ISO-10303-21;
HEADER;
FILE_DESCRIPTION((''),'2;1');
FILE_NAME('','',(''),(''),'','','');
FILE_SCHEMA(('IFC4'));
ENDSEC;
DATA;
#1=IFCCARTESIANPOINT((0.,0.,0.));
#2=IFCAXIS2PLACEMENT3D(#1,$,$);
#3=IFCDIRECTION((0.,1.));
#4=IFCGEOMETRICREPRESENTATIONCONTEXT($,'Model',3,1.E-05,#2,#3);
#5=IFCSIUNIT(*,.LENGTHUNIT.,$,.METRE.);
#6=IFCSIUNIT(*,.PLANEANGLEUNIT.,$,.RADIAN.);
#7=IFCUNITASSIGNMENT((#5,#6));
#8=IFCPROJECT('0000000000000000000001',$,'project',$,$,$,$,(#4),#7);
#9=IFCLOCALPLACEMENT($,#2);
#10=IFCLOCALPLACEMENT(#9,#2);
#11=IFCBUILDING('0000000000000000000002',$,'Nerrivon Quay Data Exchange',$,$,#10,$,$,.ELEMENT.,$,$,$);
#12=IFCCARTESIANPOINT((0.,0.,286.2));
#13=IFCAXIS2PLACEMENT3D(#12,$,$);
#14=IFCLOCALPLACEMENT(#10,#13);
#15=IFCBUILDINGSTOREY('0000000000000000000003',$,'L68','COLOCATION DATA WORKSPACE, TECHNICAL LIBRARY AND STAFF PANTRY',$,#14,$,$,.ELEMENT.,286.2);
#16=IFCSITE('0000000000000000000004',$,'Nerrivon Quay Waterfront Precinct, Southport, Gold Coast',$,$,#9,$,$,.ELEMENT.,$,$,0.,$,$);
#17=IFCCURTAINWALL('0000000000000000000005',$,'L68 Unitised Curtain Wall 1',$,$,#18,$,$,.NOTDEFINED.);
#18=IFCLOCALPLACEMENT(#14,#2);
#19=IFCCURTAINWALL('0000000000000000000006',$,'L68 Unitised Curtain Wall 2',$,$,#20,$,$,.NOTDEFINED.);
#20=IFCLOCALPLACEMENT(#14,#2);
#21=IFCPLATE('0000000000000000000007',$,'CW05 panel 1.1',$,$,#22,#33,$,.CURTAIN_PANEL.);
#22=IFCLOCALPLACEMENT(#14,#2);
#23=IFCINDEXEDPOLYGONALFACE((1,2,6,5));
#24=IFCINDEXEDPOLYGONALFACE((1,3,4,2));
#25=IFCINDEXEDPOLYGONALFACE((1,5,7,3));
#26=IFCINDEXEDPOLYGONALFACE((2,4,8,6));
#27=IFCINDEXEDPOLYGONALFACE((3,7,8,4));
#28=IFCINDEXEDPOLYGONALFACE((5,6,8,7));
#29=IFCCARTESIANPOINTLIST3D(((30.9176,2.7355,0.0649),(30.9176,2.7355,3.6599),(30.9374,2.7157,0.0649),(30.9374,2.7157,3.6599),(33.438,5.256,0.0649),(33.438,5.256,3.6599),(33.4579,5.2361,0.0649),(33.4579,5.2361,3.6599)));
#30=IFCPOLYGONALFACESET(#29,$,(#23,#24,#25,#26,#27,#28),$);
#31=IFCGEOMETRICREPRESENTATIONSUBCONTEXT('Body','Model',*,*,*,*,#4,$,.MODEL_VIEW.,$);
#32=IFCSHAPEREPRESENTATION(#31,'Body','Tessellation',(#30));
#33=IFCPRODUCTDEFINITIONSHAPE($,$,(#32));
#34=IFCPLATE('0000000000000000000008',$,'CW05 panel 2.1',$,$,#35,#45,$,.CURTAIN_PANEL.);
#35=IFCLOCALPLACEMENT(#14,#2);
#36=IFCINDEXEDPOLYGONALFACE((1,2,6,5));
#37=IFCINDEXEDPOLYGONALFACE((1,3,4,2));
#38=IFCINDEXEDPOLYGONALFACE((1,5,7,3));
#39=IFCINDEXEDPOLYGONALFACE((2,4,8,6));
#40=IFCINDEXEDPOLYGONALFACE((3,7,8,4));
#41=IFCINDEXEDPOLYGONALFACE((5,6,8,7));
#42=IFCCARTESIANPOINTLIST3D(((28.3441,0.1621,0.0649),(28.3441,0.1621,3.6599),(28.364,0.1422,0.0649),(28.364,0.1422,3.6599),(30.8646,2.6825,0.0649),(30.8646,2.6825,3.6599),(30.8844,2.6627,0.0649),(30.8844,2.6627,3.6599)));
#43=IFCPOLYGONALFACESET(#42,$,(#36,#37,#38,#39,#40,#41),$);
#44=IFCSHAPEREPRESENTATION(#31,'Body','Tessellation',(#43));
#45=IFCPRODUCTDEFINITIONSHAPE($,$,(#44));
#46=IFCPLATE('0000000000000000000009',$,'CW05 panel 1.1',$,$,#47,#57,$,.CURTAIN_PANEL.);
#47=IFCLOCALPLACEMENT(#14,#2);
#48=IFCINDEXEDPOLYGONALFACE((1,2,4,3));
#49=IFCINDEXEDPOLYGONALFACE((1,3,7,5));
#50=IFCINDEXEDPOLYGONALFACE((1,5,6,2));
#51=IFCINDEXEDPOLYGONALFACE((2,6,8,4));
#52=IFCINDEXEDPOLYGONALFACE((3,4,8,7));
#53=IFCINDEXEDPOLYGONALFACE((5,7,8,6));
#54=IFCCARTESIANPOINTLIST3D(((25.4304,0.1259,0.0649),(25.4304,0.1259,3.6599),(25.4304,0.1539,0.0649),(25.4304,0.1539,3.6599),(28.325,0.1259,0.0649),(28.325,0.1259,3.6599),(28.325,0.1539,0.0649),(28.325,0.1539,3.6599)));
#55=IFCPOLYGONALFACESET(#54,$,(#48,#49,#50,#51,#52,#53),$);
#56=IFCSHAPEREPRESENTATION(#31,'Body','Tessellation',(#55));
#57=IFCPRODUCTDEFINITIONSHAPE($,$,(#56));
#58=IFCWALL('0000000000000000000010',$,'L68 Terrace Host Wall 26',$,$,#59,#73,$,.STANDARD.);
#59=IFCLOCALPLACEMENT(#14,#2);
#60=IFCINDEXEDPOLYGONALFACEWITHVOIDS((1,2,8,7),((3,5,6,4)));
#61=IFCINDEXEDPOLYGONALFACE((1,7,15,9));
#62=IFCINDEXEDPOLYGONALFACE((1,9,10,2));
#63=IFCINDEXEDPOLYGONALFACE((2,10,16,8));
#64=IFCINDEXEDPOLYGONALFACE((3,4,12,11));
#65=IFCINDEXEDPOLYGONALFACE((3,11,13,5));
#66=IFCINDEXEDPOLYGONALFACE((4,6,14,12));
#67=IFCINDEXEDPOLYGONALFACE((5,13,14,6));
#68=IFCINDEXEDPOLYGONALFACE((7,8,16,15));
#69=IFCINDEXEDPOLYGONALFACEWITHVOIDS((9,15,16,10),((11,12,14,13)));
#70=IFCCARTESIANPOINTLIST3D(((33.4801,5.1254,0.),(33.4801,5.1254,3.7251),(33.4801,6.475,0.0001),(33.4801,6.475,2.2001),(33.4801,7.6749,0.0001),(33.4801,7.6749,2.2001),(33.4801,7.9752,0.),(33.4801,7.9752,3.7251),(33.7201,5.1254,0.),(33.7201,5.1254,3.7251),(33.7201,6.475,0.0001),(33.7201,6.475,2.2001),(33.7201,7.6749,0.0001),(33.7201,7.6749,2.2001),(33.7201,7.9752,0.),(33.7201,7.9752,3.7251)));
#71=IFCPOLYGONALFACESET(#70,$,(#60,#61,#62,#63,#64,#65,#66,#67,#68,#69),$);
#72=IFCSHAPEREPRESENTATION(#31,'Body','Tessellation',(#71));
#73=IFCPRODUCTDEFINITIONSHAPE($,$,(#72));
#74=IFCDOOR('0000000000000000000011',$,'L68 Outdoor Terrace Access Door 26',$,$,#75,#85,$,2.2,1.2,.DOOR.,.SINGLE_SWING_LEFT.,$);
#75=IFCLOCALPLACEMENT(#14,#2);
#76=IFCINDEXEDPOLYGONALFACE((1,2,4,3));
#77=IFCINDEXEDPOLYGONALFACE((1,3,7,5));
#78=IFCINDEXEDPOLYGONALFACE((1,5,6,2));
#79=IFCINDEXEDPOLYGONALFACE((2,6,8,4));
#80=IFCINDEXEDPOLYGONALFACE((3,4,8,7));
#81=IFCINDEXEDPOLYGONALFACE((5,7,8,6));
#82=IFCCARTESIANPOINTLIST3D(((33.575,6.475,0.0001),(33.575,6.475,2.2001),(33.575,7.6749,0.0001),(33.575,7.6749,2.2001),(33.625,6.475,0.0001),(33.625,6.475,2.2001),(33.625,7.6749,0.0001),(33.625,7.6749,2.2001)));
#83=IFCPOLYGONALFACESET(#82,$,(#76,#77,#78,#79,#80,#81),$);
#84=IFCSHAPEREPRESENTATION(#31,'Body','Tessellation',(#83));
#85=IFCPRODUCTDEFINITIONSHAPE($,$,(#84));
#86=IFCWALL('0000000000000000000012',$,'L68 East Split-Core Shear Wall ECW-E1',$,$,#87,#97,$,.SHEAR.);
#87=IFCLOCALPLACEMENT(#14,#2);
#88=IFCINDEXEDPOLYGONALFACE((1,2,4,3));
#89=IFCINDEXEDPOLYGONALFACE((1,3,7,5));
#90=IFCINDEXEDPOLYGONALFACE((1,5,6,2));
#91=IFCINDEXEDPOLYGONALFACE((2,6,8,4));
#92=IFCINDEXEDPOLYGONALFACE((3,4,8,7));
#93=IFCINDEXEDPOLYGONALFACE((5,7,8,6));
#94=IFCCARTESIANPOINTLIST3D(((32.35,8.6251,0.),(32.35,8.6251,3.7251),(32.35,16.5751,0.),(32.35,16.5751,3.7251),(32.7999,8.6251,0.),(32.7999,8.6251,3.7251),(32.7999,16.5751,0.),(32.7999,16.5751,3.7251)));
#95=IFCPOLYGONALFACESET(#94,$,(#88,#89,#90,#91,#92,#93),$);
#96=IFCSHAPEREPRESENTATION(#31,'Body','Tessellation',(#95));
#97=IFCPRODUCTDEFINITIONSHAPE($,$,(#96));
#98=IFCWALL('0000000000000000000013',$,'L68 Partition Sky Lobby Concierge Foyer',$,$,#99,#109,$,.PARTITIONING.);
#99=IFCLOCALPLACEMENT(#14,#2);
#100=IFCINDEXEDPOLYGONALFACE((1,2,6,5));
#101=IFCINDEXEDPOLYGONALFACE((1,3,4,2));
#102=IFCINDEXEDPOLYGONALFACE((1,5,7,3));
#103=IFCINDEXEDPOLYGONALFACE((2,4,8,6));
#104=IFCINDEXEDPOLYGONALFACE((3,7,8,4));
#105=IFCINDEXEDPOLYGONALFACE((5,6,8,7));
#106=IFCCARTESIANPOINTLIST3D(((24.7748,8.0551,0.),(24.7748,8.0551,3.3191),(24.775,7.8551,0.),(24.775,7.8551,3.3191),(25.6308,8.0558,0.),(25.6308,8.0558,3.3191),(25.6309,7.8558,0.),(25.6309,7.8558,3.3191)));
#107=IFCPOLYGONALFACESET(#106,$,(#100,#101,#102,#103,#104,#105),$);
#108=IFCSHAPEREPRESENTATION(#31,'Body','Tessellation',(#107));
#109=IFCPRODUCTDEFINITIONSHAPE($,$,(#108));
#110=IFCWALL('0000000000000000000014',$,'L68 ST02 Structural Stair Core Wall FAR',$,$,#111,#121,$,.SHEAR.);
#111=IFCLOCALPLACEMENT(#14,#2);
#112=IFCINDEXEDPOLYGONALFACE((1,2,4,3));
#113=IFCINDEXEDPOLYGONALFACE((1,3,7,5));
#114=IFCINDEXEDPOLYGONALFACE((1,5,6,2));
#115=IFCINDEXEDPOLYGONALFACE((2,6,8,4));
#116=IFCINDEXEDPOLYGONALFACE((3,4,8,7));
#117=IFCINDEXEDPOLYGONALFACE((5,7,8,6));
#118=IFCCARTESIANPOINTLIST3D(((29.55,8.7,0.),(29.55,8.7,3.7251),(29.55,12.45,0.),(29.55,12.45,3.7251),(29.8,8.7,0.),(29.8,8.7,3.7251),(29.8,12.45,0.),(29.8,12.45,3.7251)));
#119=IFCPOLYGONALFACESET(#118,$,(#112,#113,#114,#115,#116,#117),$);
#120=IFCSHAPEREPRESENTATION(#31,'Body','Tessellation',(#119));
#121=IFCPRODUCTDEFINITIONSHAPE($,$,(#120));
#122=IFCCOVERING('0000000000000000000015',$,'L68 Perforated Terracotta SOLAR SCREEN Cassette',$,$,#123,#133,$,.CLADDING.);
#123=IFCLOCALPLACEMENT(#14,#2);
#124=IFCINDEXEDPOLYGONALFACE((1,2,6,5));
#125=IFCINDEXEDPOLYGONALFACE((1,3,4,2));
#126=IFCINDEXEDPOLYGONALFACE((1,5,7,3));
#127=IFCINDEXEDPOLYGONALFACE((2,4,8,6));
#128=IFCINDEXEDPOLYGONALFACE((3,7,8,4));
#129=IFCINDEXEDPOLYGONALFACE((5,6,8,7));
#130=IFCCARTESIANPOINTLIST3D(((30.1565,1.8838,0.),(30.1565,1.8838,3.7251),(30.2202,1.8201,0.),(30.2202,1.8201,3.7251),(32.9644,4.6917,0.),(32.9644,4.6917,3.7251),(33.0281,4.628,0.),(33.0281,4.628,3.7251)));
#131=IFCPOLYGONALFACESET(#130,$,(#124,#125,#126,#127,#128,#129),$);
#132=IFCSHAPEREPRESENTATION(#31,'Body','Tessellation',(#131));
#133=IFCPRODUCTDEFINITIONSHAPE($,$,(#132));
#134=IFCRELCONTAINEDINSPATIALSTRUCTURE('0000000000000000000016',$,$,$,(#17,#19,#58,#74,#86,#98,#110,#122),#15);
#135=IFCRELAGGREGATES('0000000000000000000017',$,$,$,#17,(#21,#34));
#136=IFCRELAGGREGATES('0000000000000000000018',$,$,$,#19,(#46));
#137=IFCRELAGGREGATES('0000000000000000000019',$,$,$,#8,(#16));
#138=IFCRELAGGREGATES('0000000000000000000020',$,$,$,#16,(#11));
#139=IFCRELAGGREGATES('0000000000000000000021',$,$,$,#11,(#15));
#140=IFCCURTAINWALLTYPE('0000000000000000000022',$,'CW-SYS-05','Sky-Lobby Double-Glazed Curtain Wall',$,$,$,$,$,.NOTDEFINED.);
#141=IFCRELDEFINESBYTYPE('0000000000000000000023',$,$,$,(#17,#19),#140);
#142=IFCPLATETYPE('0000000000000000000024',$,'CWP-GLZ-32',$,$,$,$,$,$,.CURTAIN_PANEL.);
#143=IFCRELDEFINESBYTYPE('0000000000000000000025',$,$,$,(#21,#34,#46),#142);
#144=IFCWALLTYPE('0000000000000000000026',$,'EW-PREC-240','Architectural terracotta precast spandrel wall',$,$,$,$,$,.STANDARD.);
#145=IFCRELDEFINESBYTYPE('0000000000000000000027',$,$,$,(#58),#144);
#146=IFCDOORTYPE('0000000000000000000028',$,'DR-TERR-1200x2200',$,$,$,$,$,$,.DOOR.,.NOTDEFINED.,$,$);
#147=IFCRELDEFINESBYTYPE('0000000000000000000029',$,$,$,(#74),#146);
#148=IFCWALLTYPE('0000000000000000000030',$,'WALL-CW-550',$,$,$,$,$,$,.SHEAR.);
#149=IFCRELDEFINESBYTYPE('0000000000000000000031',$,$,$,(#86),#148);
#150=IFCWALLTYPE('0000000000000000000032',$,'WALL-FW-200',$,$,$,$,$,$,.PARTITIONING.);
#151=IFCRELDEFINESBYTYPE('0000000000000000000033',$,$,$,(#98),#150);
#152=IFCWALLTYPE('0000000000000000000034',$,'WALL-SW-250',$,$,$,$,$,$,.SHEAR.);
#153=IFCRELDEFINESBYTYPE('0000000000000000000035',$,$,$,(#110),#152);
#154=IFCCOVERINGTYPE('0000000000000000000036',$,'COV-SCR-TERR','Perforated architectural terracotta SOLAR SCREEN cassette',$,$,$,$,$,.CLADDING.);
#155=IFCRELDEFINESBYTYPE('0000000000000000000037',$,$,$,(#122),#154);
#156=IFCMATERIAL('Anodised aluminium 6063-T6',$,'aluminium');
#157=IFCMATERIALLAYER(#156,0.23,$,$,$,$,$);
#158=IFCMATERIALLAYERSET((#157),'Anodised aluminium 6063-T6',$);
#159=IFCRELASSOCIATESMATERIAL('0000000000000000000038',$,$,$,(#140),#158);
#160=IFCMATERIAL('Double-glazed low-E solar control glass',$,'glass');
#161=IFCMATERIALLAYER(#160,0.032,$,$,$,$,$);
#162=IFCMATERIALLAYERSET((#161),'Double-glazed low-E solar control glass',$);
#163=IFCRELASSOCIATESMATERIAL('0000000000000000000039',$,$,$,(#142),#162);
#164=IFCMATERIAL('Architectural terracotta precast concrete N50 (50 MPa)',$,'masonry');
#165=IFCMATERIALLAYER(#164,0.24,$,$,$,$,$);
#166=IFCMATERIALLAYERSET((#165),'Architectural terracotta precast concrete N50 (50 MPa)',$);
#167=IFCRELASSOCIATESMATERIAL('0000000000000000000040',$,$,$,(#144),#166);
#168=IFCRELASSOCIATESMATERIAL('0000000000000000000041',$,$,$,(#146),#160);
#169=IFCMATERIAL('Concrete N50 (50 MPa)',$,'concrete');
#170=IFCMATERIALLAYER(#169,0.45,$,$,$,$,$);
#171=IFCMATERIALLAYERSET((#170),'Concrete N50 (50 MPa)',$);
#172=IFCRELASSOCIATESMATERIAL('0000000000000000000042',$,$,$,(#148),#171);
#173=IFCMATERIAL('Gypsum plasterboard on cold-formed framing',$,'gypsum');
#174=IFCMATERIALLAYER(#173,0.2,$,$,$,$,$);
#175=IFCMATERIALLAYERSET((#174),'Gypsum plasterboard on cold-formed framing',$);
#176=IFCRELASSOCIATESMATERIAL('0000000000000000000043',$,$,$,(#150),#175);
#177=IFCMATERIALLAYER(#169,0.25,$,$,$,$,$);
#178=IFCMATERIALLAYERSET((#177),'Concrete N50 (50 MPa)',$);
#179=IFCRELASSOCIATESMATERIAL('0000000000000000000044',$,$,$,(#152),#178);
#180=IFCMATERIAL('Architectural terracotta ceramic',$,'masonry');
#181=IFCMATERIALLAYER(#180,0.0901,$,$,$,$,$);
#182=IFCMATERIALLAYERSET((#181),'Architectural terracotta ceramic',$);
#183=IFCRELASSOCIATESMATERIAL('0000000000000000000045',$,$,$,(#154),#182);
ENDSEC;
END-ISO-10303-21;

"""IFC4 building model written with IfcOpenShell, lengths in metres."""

from ifc_helpers import new_model, si_unit, direction, frame, frame_2d, origin, origin_2d, place, context, subcontext, project, spatial, rectangle, extrude, material, layer, layer_set, type_object, element, fill, aggregate, save


model = new_model("IFC4")

# Units and contexts
model_context = context("Model", 3, precision=1e-05, world=origin(), true_north=direction((0.0, 1.0)))
body_context = subcontext(model_context, "Body", "Model", "MODEL_VIEW")
ifc_project = project(units=[si_unit("LENGTHUNIT", "METRE"), si_unit("PLANEANGLEUNIT", "RADIAN")], contexts=[model_context])

# Site, building, storey
site_placement = place(None, origin())
site = spatial("IfcSite", under=ifc_project, at=site_placement, Name="Nerrivon Quay Waterfront Precinct, Southport, Gold Coast", CompositionType="ELEMENT", RefElevation=0.0)
building_placement = place(site_placement, origin())
building = spatial("IfcBuilding", under=site, at=building_placement, Name="Nerrivon Quay Data Exchange", CompositionType="ELEMENT")
storey_placement = place(building_placement, frame((0.0, 0.0, 286.2)))
storey = spatial("IfcBuildingStorey", under=building, at=storey_placement, Name="L68", Description="COLOCATION DATA WORKSPACE, TECHNICAL LIBRARY AND STAFF PANTRY", CompositionType="ELEMENT", Elevation=286.2)

# Shared definitions
ifc_material_1 = material(Name="Concrete N50 (50 MPa)", Category="concrete")

# Curtain wall
ifc_material_2 = material(Name="Anodised aluminium 6063-T6", Category="aluminium")
ifc_layer_1 = layer(ifc_material_2, 0.23)
ifc_layer_set_1 = layer_set([ifc_layer_1], Name="Anodised aluminium 6063-T6")
curtain_wall_type = type_object("IfcCurtainWallType", Name="CW-SYS-05", Description="Sky-Lobby Double-Glazed Curtain Wall", PredefinedType="NOTDEFINED", material=ifc_layer_set_1)
curtain_wall_1_placement = place(storey_placement, origin())
curtain_wall_1 = element("IfcCurtainWall", 1, at=curtain_wall_1_placement, inside=storey, type_object=curtain_wall_type, Name="L68 Unitised Curtain Wall 1", PredefinedType="NOTDEFINED")

# Curtain wall
curtain_wall_2_placement = place(storey_placement, origin())
curtain_wall_2 = element("IfcCurtainWall", 2, at=curtain_wall_2_placement, inside=storey, type_object=curtain_wall_type, Name="L68 Unitised Curtain Wall 2", PredefinedType="NOTDEFINED")

# Plates
ifc_material_3 = material(Name="Double-glazed low-E solar control glass", Category="glass")
ifc_layer_2 = layer(ifc_material_3, 0.032)
ifc_layer_set_2 = layer_set([ifc_layer_2], Name="Double-glazed low-E solar control glass")
plate_type = type_object("IfcPlateType", Name="CWP-GLZ-32", PredefinedType="CURTAIN_PANEL", material=ifc_layer_set_2)
plate_1_placement = place(storey_placement, frame((32.1877, 3.9858, 0.0649), z_axis=(0.0, 0.0, 1.0), x_axis=(-0.707107, -0.707107, 0.0)))
plate_1 = element("IfcPlate", 3, at=plate_1_placement, type_object=plate_type, Name="CW05 panel 1.1", PredefinedType="CURTAIN_PANEL", context=body_context, shape_type="SweptSolid", body=[
    extrude(rectangle(XDim=3.5645, YDim=0.0281, at=origin_2d()), origin(), (0.0, 0.0, 1.0), 3.595),
])
plate_2_placement = place(storey_placement, frame((29.6143, 1.4124, 0.0649), z_axis=(0.0, 0.0, 1.0), x_axis=(-0.707107, -0.707107, 0.0)))
plate_2 = element("IfcPlate", 4, at=plate_2_placement, type_object=plate_type, Name="CW05 panel 2.1", PredefinedType="CURTAIN_PANEL", context=body_context, shape_type="SweptSolid", body=[
    extrude(rectangle(XDim=3.5645, YDim=0.0281, at=origin_2d()), origin(), (0.0, 0.0, 1.0), 3.595),
])
aggregate(curtain_wall_1, [plate_1, plate_2])
plate_3_placement = place(storey_placement, frame((26.8777, 0.1399, 0.0649), z_axis=(0.0, 0.0, 1.0), x_axis=(-1.0, 0.0, 0.0)))
plate_3 = element("IfcPlate", 5, at=plate_3_placement, type_object=plate_type, Name="CW05 panel 1.1", PredefinedType="CURTAIN_PANEL", context=body_context, shape_type="SweptSolid", body=[
    extrude(rectangle(XDim=2.8945, YDim=0.0281, at=origin_2d()), origin(), (0.0, 0.0, 1.0), 3.595),
])
aggregate(curtain_wall_2, [plate_3])

# Wall, opening, door
ifc_material_4 = material(Name="Architectural terracotta precast concrete N50 (50 MPa)", Category="masonry")
ifc_layer_3 = layer(ifc_material_4, 0.24)
ifc_layer_set_3 = layer_set([ifc_layer_3], Name="Architectural terracotta precast concrete N50 (50 MPa)")
wall_type_1 = type_object("IfcWallType", Name="EW-PREC-240", Description="Architectural terracotta precast spandrel wall", PredefinedType="STANDARD", material=ifc_layer_set_3)
wall_1_placement = place(storey_placement, frame((33.6001, 7.9751, 0.0), z_axis=(0.0, 0.0, 1.0), x_axis=(0.0, -1.0, 0.0)))
wall_1 = element("IfcWall", 6, at=wall_1_placement, inside=storey, type_object=wall_type_1, Name="L68 Terrace Host Wall 26", PredefinedType="STANDARD", context=body_context, shape_type="SweptSolid", body=[
    extrude(rectangle(XDim=2.8499, YDim=0.24, at=frame_2d((1.4248, 0.0))), origin(), (0.0, 0.0, 1.0), 3.7251),
])
opening_placement = place(wall_1_placement, frame((0.3, 0.0, 0.0)))
opening = element("IfcOpeningElement", 7, at=opening_placement, cuts=wall_1, PredefinedType="OPENING", context=body_context, shape_type="SweptSolid", body=[
    extrude(rectangle(XDim=1.2, YDim=2.2, at=frame_2d((0.6001, 1.1001))), frame((0.0, 0.1299, 0.0), z_axis=(0.0, -1.0, 0.0), x_axis=(1.0, 0.0, 0.0)), (0.0, 0.0, 1.0), 0.26),
])
door_type = type_object("IfcDoorType", Name="DR-TERR-1200x2200", OperationType="NOTDEFINED", PredefinedType="DOOR", material=ifc_material_3)
door_placement = place(opening_placement, origin())
door = element("IfcDoor", 8, at=door_placement, inside=storey, type_object=door_type, Name="L68 Outdoor Terrace Access Door 26", OperationType="SINGLE_SWING_LEFT", OverallHeight=2.2, OverallWidth=1.2, PredefinedType="DOOR", context=body_context, shape_type="SweptSolid", body=[
    extrude(rectangle(XDim=1.2, YDim=2.2, at=frame_2d((0.6001, 1.1001))), frame((0.0, 0.0249, 0.0), z_axis=(0.0, -1.0, 0.0), x_axis=(1.0, 0.0, 0.0)), (0.0, 0.0, 1.0), 0.05),
])
fill(opening, door)

# Walls
ifc_layer_4 = layer(ifc_material_1, 0.45)
ifc_layer_set_4 = layer_set([ifc_layer_4], Name="Concrete N50 (50 MPa)")
wall_type_2 = type_object("IfcWallType", Name="WALL-CW-550", PredefinedType="SHEAR", material=ifc_layer_set_4)
wall_2_placement = place(storey_placement, frame((32.575, 8.625, 0.0), z_axis=(0.0, 0.0, 1.0), x_axis=(0.0, 1.0, 0.0)))
element("IfcWall", 9, at=wall_2_placement, inside=storey, type_object=wall_type_2, Name="L68 East Split-Core Shear Wall ECW-E1", PredefinedType="SHEAR", context=body_context, shape_type="SweptSolid", body=[
    extrude(rectangle(XDim=7.95, YDim=0.45, at=frame_2d((3.9751, 0.0))), origin(), (0.0, 0.0, 1.0), 3.7251),
])
ifc_material_5 = material(Name="Gypsum plasterboard on cold-formed framing", Category="gypsum")
ifc_layer_5 = layer(ifc_material_5, 0.2)
ifc_layer_set_5 = layer_set([ifc_layer_5], Name="Gypsum plasterboard on cold-formed framing")
wall_type_3 = type_object("IfcWallType", Name="WALL-FW-200", PredefinedType="PARTITIONING", material=ifc_layer_set_5)
wall_3_placement = place(storey_placement, frame((25.6309, 7.9558, 0.0), z_axis=(0.0, 0.0, 1.0), x_axis=(-1.0, -0.000856, 0.0)))
element("IfcWall", 10, at=wall_3_placement, inside=storey, type_object=wall_type_3, Name="L68 Partition Sky Lobby Concierge Foyer", PredefinedType="PARTITIONING", context=body_context, shape_type="SweptSolid", body=[
    extrude(rectangle(XDim=0.856, YDim=0.2, at=frame_2d((0.428, 0.0))), origin(), (0.0, 0.0, 1.0), 3.3191),
])
ifc_layer_6 = layer(ifc_material_1, 0.25)
ifc_layer_set_6 = layer_set([ifc_layer_6], Name="Concrete N50 (50 MPa)")
wall_type_4 = type_object("IfcWallType", Name="WALL-SW-250", PredefinedType="SHEAR", material=ifc_layer_set_6)
wall_4_placement = place(storey_placement, frame((29.675, 8.7, 0.0), z_axis=(0.0, 0.0, 1.0), x_axis=(0.0, 1.0, 0.0)))
element("IfcWall", 11, at=wall_4_placement, inside=storey, type_object=wall_type_4, Name="L68 ST02 Structural Stair Core Wall FAR", PredefinedType="SHEAR", context=body_context, shape_type="SweptSolid", body=[
    extrude(rectangle(XDim=3.75, YDim=0.25, at=frame_2d((1.875, 0.0))), origin(), (0.0, 0.0, 1.0), 3.7251),
])

# Covering
ifc_material_6 = material(Name="Architectural terracotta ceramic", Category="masonry")
ifc_layer_7 = layer(ifc_material_6, 0.0901)
ifc_layer_set_7 = layer_set([ifc_layer_7], Name="Architectural terracotta ceramic")
covering_type = type_object("IfcCoveringType", Name="COV-SCR-TERR", Description="Perforated architectural terracotta SOLAR SCREEN cassette", PredefinedType="CLADDING", material=ifc_layer_set_7)
covering_placement = place(storey_placement, frame((31.5923, 3.2559, 0.0), z_axis=(0.0, 0.0, 1.0), x_axis=(-0.707107, -0.707107, 0.0)))
element("IfcCovering", 12, at=covering_placement, inside=storey, type_object=covering_type, Name="L68 Perforated Terracotta SOLAR SCREEN Cassette", PredefinedType="CLADDING", context=body_context, shape_type="SweptSolid", body=[
    extrude(rectangle(XDim=3.9709, YDim=0.0901, at=origin_2d()), origin(), (0.0, 0.0, 1.0), 3.7251),
])

save(model, "model.ifc")
